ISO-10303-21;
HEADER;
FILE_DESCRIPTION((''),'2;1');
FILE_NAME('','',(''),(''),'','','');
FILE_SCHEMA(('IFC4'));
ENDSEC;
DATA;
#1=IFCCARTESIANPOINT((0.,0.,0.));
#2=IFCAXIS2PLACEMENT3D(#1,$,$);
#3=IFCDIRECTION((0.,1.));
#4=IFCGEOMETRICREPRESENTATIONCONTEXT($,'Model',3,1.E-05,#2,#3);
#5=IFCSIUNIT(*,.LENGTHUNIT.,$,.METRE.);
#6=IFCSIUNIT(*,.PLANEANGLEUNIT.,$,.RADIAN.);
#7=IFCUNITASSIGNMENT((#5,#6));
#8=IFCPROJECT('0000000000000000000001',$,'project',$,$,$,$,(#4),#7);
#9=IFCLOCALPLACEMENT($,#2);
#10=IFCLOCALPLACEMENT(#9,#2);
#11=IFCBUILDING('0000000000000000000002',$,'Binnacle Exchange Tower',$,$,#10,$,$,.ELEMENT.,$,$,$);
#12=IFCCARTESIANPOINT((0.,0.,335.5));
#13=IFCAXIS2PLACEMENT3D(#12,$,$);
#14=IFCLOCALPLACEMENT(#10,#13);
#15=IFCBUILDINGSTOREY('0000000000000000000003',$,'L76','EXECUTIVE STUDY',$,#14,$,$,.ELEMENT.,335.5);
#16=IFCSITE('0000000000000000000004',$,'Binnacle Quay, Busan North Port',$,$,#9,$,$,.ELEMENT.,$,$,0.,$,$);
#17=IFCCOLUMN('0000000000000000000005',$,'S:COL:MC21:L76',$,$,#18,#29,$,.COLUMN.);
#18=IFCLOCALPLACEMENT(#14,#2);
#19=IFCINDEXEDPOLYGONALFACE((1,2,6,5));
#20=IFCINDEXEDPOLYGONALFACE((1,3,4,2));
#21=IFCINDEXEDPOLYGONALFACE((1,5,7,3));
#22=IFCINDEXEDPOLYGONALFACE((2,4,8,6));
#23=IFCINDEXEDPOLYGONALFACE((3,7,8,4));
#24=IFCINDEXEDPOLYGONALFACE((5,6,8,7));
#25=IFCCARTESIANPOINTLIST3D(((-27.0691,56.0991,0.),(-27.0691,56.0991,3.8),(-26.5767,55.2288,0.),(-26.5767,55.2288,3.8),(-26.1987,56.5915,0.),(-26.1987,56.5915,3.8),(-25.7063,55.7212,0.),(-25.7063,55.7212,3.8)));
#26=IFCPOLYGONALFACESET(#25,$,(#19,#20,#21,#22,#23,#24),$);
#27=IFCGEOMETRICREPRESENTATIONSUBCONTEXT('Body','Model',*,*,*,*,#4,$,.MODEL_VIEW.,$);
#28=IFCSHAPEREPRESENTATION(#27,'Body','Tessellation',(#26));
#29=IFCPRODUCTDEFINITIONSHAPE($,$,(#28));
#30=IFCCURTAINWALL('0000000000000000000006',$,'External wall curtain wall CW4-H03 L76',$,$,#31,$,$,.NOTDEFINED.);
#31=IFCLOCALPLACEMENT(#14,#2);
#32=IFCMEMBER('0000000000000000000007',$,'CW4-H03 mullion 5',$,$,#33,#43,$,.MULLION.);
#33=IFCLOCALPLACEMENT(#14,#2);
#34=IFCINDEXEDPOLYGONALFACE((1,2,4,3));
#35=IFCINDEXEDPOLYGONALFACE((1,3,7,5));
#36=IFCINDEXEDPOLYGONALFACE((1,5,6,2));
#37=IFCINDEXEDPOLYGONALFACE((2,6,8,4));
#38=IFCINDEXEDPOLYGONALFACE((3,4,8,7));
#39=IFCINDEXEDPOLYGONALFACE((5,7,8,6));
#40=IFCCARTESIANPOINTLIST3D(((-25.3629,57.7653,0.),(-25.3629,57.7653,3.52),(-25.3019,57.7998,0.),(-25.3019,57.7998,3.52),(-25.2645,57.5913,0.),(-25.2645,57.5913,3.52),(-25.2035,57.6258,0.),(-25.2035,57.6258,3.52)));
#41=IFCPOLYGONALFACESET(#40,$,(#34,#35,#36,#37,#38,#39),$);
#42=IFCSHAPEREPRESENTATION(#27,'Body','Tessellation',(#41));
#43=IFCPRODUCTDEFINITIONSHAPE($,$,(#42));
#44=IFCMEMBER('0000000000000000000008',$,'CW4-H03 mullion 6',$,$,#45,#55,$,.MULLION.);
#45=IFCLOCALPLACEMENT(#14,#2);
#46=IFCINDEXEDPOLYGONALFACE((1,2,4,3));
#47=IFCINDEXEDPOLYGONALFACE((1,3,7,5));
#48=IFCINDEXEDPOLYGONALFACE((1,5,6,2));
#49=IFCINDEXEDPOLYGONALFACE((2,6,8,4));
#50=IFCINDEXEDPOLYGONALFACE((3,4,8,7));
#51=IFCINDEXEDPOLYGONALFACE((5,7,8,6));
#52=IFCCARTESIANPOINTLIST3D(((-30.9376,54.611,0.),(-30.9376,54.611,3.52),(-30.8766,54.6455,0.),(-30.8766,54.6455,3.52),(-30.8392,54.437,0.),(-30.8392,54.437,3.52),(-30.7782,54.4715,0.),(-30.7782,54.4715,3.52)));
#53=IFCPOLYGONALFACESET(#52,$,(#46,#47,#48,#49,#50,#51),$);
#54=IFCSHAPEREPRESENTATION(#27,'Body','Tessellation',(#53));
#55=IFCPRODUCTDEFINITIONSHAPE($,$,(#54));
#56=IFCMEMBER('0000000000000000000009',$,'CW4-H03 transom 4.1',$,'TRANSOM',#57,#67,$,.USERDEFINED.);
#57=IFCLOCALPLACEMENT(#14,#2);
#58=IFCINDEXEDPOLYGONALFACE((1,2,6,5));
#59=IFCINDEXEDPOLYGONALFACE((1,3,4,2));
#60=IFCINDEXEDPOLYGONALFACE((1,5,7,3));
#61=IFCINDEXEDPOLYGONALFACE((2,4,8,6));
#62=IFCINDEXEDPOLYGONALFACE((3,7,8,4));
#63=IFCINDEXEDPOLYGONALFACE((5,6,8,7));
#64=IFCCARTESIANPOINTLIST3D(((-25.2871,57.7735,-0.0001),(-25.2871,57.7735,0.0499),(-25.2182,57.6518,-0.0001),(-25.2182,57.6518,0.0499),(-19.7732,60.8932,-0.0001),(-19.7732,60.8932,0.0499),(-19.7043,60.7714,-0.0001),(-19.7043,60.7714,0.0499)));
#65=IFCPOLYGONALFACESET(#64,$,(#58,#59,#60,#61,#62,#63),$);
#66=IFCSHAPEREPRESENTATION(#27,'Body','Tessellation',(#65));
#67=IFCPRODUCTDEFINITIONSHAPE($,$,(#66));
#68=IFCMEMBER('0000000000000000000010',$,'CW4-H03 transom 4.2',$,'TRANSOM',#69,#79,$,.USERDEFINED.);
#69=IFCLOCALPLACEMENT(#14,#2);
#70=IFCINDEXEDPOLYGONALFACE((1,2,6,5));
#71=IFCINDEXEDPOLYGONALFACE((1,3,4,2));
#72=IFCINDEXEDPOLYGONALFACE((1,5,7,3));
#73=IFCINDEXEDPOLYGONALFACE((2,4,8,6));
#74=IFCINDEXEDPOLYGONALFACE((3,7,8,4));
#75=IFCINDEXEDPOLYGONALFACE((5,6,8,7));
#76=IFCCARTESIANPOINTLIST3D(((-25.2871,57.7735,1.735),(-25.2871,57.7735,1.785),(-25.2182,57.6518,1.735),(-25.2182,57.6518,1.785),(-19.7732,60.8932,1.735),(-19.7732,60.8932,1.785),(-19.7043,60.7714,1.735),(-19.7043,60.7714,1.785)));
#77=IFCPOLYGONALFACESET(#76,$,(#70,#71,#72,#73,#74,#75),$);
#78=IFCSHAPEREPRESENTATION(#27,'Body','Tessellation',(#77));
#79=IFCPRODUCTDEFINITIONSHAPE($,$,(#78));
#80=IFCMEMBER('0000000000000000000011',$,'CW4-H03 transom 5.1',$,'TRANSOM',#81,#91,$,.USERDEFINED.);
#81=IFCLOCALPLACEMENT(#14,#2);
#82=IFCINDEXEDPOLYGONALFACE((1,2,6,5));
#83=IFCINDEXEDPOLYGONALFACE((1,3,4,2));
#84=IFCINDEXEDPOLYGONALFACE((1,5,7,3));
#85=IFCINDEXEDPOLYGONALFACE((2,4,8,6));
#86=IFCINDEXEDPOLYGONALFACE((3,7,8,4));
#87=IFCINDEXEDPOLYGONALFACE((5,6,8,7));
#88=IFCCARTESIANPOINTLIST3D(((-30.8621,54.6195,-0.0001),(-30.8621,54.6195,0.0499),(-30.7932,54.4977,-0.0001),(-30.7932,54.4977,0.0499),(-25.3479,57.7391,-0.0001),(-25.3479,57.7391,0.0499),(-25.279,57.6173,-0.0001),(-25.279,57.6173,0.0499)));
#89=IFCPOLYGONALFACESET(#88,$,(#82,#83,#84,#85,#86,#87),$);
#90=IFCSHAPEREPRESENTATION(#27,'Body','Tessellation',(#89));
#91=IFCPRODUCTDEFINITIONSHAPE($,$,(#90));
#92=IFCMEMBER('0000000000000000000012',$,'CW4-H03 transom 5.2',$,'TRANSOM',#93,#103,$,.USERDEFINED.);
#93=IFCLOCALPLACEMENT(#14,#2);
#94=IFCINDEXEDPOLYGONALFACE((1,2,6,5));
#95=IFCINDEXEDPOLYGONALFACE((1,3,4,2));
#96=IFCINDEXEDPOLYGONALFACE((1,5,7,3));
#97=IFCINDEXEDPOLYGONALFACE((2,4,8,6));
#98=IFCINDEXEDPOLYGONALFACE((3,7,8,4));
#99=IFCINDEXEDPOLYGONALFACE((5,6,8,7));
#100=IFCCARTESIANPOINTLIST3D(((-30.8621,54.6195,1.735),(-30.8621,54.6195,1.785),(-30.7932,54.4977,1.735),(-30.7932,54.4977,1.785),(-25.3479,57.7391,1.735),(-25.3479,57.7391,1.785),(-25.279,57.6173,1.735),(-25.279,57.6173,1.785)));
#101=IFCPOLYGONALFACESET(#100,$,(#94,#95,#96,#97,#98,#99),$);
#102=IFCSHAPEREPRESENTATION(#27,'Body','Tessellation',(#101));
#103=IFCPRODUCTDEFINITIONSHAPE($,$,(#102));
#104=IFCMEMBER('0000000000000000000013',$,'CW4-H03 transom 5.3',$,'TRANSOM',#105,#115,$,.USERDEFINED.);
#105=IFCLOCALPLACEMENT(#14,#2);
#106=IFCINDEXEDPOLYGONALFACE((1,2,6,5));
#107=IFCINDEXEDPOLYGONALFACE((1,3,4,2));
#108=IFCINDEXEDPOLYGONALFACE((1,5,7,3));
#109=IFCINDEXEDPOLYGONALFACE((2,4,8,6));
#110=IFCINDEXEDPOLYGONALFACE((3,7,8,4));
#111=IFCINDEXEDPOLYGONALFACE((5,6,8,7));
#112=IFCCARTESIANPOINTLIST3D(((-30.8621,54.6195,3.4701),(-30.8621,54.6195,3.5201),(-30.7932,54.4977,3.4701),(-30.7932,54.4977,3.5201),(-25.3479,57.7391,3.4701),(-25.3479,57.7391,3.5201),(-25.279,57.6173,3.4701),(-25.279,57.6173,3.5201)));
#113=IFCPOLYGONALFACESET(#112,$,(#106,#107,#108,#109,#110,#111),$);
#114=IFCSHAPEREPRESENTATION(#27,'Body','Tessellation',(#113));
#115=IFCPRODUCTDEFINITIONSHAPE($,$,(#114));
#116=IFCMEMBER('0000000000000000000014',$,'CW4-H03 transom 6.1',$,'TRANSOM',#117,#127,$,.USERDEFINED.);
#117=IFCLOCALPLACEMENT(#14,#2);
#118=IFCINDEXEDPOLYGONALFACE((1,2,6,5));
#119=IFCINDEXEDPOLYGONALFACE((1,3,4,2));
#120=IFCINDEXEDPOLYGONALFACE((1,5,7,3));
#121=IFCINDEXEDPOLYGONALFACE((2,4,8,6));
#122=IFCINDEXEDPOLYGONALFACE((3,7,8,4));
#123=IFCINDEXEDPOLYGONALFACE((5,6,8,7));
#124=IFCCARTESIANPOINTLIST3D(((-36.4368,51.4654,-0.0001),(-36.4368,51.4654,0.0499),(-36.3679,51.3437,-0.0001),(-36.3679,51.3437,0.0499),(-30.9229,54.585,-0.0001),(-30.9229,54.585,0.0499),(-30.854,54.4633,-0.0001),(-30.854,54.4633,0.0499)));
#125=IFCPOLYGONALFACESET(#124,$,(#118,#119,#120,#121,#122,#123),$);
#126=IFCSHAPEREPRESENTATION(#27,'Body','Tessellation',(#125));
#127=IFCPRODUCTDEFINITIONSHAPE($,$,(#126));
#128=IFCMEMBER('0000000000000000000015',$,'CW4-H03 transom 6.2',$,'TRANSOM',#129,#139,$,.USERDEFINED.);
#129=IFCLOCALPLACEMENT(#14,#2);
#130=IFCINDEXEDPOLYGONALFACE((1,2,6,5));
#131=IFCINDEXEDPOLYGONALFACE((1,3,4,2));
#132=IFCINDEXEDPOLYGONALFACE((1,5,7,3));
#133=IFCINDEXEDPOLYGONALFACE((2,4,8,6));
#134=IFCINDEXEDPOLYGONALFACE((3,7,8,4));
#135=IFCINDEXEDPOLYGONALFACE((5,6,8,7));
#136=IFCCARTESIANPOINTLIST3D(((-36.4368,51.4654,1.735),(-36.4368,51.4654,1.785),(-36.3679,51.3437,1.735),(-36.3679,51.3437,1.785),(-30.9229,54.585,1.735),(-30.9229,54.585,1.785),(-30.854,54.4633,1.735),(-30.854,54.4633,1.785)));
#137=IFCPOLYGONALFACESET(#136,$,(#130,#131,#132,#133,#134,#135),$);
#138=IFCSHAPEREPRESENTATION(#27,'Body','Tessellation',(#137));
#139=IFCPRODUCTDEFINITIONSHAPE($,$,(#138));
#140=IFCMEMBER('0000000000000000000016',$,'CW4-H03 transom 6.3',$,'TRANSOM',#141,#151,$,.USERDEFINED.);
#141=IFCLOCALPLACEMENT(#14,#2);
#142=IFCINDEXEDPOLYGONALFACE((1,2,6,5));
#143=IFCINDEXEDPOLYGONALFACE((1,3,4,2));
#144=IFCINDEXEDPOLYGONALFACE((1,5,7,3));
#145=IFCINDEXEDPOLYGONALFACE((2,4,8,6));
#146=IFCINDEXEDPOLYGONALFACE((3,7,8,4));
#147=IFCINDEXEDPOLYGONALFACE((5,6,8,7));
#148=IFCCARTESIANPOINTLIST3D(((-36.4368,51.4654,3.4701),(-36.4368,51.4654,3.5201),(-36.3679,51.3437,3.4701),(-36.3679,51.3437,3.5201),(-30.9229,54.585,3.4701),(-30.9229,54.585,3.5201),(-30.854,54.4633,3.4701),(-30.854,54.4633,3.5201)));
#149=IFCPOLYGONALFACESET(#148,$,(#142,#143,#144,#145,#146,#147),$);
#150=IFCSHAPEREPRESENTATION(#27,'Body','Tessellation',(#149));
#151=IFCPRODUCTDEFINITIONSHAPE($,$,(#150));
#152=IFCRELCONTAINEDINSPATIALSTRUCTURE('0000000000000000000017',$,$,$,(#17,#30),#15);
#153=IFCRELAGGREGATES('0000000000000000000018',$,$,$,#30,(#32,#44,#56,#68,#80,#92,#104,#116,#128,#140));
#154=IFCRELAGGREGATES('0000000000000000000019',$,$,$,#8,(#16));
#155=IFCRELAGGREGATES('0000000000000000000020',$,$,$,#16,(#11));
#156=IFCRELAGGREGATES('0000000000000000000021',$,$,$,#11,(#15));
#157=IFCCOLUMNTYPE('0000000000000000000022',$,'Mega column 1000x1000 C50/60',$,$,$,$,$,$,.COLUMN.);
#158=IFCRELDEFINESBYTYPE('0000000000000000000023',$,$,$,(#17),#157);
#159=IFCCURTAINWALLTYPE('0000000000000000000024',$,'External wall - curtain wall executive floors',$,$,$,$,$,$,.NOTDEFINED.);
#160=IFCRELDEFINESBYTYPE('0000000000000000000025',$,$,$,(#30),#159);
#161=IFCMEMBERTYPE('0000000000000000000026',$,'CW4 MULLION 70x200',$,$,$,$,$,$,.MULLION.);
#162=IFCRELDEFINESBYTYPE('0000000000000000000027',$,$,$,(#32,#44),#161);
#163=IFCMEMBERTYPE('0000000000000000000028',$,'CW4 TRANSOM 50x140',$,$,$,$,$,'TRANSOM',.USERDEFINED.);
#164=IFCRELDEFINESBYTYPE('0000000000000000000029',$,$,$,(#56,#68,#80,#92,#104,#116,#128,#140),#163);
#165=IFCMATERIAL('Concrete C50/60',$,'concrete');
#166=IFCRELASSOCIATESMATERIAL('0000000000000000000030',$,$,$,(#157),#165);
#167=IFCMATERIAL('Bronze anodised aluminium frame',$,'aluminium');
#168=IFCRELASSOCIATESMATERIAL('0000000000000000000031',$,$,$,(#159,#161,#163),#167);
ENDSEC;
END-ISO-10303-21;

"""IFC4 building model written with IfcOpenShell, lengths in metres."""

from ifc_helpers import new_model, si_unit, direction, frame, origin, origin_2d, place, context, subcontext, project, spatial, rectangle, extrude, material, material_profile, profile_set, type_object, element, aggregate, save


model = new_model("IFC4")

# Units and contexts
model_context = context("Model", 3, precision=1e-05, world=origin(), true_north=direction((0.0, 1.0)))
body_context = subcontext(model_context, "Body", "Model", "MODEL_VIEW")
ifc_project = project(units=[si_unit("LENGTHUNIT", "METRE"), si_unit("PLANEANGLEUNIT", "RADIAN")], contexts=[model_context])

# Site, building, storey
site_placement = place(None, origin())
site = spatial("IfcSite", under=ifc_project, at=site_placement, Name="Binnacle Quay, Busan North Port", CompositionType="ELEMENT", RefElevation=0.0)
building_placement = place(site_placement, origin())
building = spatial("IfcBuilding", under=site, at=building_placement, Name="Binnacle Exchange Tower", CompositionType="ELEMENT")
storey_placement = place(building_placement, frame((0.0, 0.0, 335.5)))
storey = spatial("IfcBuildingStorey", under=building, at=storey_placement, Name="L76", Description="EXECUTIVE STUDY", CompositionType="ELEMENT", Elevation=335.5)

# Column
ifc_material_1 = material(Name="Concrete C50/60", Category="concrete")
ifc_material_profile_1 = material_profile(ifc_material_1, rectangle(XDim=1.0, YDim=1.0, at=origin_2d()), Name="Mega column 1000x1000 C50/60")
ifc_profile_set_1 = profile_set([ifc_material_profile_1], Name="Concrete C50/60")
column_type = type_object("IfcColumnType", Name="Mega column 1000x1000 C50/60", PredefinedType="COLUMN", material=ifc_profile_set_1)
column_placement = place(storey_placement, frame((-26.3877, 55.9102, 0.0), z_axis=(0.0, 0.0, 1.0), x_axis=(-0.870356, -0.492424, 0.0)))
element("IfcColumn", 1, at=column_placement, inside=storey, type_object=column_type, Name="S:COL:MC21:L76", PredefinedType="COLUMN", context=body_context, shape_type="SweptSolid", body=[
    extrude(rectangle(XDim=1.0, YDim=1.0, at=origin_2d()), origin(), (0.0, 0.0, 1.0), 3.8),
])

# Curtain wall, members
ifc_material_2 = material(Name="Bronze anodised aluminium frame", Category="aluminium")
curtain_wall_type = type_object("IfcCurtainWallType", Name="External wall - curtain wall executive floors", PredefinedType="NOTDEFINED", material=ifc_material_2)
curtain_wall_placement = place(storey_placement, origin())
curtain_wall = element("IfcCurtainWall", 2, at=curtain_wall_placement, inside=storey, type_object=curtain_wall_type, Name="External wall curtain wall CW4-H03 L76", PredefinedType="NOTDEFINED")
ifc_material_profile_2 = material_profile(ifc_material_2, rectangle(XDim=0.2, YDim=0.0701, at=origin_2d()), Name="AL 70x200")
ifc_profile_set_2 = profile_set([ifc_material_profile_2], Name="Bronze anodised aluminium frame")
member_type_1 = type_object("IfcMemberType", Name="CW4 MULLION 70x200", PredefinedType="MULLION", material=ifc_profile_set_2)
member_1_placement = place(storey_placement, frame((-25.2832, 57.6956, 0.0), z_axis=(0.0, 0.0, 1.0), x_axis=(0.492424, -0.870356, 0.0)))
member_1 = element("IfcMember", 3, at=member_1_placement, type_object=member_type_1, Name="CW4-H03 mullion 5", PredefinedType="MULLION", context=body_context, shape_type="SweptSolid", body=[
    extrude(rectangle(XDim=0.2, YDim=0.0701, at=origin_2d()), origin(), (0.0, 0.0, 1.0), 3.52),
])
member_2_placement = place(storey_placement, frame((-30.8579, 54.5413, 0.0), z_axis=(0.0, 0.0, 1.0), x_axis=(0.492424, -0.870356, 0.0)))
member_2 = element("IfcMember", 4, at=member_2_placement, type_object=member_type_1, Name="CW4-H03 mullion 6", PredefinedType="MULLION", context=body_context, shape_type="SweptSolid", body=[
    extrude(rectangle(XDim=0.2, YDim=0.0701, at=origin_2d()), origin(), (0.0, 0.0, 1.0), 3.52),
])
ifc_material_profile_3 = material_profile(ifc_material_2, rectangle(XDim=0.1399, YDim=0.05, at=origin_2d()), Name="AL 140x50")
ifc_profile_set_3 = profile_set([ifc_material_profile_3], Name="Bronze anodised aluminium frame")
member_type_2 = type_object("IfcMemberType", Name="CW4 TRANSOM 50x140", ElementType="TRANSOM", PredefinedType="USERDEFINED", material=ifc_profile_set_3)
member_3_placement = place(storey_placement, frame((-19.7388, 60.8323, 0.0249), z_axis=(-0.870355, -0.492424, 0.0), x_axis=(0.492424, -0.870355, 0.0)))
member_3 = element("IfcMember", 5, at=member_3_placement, type_object=member_type_2, Name="CW4-H03 transom 4.1", ObjectType="TRANSOM", PredefinedType="USERDEFINED", context=body_context, shape_type="SweptSolid", body=[
    extrude(rectangle(XDim=0.1399, YDim=0.05, at=origin_2d()), origin(), (0.0, 0.0, 1.0), 6.3352),
])
member_4_placement = place(storey_placement, frame((-19.7388, 60.8323, 1.76), z_axis=(-0.870355, -0.492424, 0.0), x_axis=(0.492424, -0.870355, 0.0)))
member_4 = element("IfcMember", 6, at=member_4_placement, type_object=member_type_2, Name="CW4-H03 transom 4.2", ObjectType="TRANSOM", PredefinedType="USERDEFINED", context=body_context, shape_type="SweptSolid", body=[
    extrude(rectangle(XDim=0.1399, YDim=0.05, at=origin_2d()), origin(), (0.0, 0.0, 1.0), 6.3352),
])
member_5_placement = place(storey_placement, frame((-25.3135, 57.6782, 0.0249), z_axis=(-0.870365, -0.492408, 0.0), x_axis=(0.492408, -0.870365, 0.0)))
member_5 = element("IfcMember", 7, at=member_5_placement, type_object=member_type_2, Name="CW4-H03 transom 5.1", ObjectType="TRANSOM", PredefinedType="USERDEFINED", context=body_context, shape_type="SweptSolid", body=[
    extrude(rectangle(XDim=0.1399, YDim=0.05, at=origin_2d()), origin(), (0.0, 0.0, 1.0), 6.3354),
])
member_6_placement = place(storey_placement, frame((-25.3135, 57.6782, 1.76), z_axis=(-0.870365, -0.492408, 0.0), x_axis=(0.492408, -0.870365, 0.0)))
member_6 = element("IfcMember", 8, at=member_6_placement, type_object=member_type_2, Name="CW4-H03 transom 5.2", ObjectType="TRANSOM", PredefinedType="USERDEFINED", context=body_context, shape_type="SweptSolid", body=[
    extrude(rectangle(XDim=0.1399, YDim=0.05, at=origin_2d()), origin(), (0.0, 0.0, 1.0), 6.3354),
])
member_7_placement = place(storey_placement, frame((-25.3135, 57.6782, 3.4951), z_axis=(-0.870365, -0.492408, 0.0), x_axis=(0.492408, -0.870365, 0.0)))
member_7 = element("IfcMember", 9, at=member_7_placement, type_object=member_type_2, Name="CW4-H03 transom 5.3", ObjectType="TRANSOM", PredefinedType="USERDEFINED", context=body_context, shape_type="SweptSolid", body=[
    extrude(rectangle(XDim=0.1399, YDim=0.05, at=origin_2d()), origin(), (0.0, 0.0, 1.0), 6.3354),
])
member_8_placement = place(storey_placement, frame((-30.8884, 54.5242, 0.0249), z_axis=(-0.870355, -0.492424, 0.0), x_axis=(0.492424, -0.870355, 0.0)))
member_8 = element("IfcMember", 10, at=member_8_placement, type_object=member_type_2, Name="CW4-H03 transom 6.1", ObjectType="TRANSOM", PredefinedType="USERDEFINED", context=body_context, shape_type="SweptSolid", body=[
    extrude(rectangle(XDim=0.1399, YDim=0.05, at=origin_2d()), origin(), (0.0, 0.0, 1.0), 6.3352),
])
member_9_placement = place(storey_placement, frame((-30.8884, 54.5242, 1.76), z_axis=(-0.870355, -0.492424, 0.0), x_axis=(0.492424, -0.870355, 0.0)))
member_9 = element("IfcMember", 11, at=member_9_placement, type_object=member_type_2, Name="CW4-H03 transom 6.2", ObjectType="TRANSOM", PredefinedType="USERDEFINED", context=body_context, shape_type="SweptSolid", body=[
    extrude(rectangle(XDim=0.1399, YDim=0.05, at=origin_2d()), origin(), (0.0, 0.0, 1.0), 6.3352),
])
member_10_placement = place(storey_placement, frame((-30.8884, 54.5242, 3.4951), z_axis=(-0.870355, -0.492424, 0.0), x_axis=(0.492424, -0.870355, 0.0)))
member_10 = element("IfcMember", 12, at=member_10_placement, type_object=member_type_2, Name="CW4-H03 transom 6.3", ObjectType="TRANSOM", PredefinedType="USERDEFINED", context=body_context, shape_type="SweptSolid", body=[
    extrude(rectangle(XDim=0.1399, YDim=0.05, at=origin_2d()), origin(), (0.0, 0.0, 1.0), 6.3352),
])

aggregate(curtain_wall, [member_1, member_2, member_3, member_4, member_5, member_6, member_7, member_8, member_9, member_10])

save(model, "model.ifc")
